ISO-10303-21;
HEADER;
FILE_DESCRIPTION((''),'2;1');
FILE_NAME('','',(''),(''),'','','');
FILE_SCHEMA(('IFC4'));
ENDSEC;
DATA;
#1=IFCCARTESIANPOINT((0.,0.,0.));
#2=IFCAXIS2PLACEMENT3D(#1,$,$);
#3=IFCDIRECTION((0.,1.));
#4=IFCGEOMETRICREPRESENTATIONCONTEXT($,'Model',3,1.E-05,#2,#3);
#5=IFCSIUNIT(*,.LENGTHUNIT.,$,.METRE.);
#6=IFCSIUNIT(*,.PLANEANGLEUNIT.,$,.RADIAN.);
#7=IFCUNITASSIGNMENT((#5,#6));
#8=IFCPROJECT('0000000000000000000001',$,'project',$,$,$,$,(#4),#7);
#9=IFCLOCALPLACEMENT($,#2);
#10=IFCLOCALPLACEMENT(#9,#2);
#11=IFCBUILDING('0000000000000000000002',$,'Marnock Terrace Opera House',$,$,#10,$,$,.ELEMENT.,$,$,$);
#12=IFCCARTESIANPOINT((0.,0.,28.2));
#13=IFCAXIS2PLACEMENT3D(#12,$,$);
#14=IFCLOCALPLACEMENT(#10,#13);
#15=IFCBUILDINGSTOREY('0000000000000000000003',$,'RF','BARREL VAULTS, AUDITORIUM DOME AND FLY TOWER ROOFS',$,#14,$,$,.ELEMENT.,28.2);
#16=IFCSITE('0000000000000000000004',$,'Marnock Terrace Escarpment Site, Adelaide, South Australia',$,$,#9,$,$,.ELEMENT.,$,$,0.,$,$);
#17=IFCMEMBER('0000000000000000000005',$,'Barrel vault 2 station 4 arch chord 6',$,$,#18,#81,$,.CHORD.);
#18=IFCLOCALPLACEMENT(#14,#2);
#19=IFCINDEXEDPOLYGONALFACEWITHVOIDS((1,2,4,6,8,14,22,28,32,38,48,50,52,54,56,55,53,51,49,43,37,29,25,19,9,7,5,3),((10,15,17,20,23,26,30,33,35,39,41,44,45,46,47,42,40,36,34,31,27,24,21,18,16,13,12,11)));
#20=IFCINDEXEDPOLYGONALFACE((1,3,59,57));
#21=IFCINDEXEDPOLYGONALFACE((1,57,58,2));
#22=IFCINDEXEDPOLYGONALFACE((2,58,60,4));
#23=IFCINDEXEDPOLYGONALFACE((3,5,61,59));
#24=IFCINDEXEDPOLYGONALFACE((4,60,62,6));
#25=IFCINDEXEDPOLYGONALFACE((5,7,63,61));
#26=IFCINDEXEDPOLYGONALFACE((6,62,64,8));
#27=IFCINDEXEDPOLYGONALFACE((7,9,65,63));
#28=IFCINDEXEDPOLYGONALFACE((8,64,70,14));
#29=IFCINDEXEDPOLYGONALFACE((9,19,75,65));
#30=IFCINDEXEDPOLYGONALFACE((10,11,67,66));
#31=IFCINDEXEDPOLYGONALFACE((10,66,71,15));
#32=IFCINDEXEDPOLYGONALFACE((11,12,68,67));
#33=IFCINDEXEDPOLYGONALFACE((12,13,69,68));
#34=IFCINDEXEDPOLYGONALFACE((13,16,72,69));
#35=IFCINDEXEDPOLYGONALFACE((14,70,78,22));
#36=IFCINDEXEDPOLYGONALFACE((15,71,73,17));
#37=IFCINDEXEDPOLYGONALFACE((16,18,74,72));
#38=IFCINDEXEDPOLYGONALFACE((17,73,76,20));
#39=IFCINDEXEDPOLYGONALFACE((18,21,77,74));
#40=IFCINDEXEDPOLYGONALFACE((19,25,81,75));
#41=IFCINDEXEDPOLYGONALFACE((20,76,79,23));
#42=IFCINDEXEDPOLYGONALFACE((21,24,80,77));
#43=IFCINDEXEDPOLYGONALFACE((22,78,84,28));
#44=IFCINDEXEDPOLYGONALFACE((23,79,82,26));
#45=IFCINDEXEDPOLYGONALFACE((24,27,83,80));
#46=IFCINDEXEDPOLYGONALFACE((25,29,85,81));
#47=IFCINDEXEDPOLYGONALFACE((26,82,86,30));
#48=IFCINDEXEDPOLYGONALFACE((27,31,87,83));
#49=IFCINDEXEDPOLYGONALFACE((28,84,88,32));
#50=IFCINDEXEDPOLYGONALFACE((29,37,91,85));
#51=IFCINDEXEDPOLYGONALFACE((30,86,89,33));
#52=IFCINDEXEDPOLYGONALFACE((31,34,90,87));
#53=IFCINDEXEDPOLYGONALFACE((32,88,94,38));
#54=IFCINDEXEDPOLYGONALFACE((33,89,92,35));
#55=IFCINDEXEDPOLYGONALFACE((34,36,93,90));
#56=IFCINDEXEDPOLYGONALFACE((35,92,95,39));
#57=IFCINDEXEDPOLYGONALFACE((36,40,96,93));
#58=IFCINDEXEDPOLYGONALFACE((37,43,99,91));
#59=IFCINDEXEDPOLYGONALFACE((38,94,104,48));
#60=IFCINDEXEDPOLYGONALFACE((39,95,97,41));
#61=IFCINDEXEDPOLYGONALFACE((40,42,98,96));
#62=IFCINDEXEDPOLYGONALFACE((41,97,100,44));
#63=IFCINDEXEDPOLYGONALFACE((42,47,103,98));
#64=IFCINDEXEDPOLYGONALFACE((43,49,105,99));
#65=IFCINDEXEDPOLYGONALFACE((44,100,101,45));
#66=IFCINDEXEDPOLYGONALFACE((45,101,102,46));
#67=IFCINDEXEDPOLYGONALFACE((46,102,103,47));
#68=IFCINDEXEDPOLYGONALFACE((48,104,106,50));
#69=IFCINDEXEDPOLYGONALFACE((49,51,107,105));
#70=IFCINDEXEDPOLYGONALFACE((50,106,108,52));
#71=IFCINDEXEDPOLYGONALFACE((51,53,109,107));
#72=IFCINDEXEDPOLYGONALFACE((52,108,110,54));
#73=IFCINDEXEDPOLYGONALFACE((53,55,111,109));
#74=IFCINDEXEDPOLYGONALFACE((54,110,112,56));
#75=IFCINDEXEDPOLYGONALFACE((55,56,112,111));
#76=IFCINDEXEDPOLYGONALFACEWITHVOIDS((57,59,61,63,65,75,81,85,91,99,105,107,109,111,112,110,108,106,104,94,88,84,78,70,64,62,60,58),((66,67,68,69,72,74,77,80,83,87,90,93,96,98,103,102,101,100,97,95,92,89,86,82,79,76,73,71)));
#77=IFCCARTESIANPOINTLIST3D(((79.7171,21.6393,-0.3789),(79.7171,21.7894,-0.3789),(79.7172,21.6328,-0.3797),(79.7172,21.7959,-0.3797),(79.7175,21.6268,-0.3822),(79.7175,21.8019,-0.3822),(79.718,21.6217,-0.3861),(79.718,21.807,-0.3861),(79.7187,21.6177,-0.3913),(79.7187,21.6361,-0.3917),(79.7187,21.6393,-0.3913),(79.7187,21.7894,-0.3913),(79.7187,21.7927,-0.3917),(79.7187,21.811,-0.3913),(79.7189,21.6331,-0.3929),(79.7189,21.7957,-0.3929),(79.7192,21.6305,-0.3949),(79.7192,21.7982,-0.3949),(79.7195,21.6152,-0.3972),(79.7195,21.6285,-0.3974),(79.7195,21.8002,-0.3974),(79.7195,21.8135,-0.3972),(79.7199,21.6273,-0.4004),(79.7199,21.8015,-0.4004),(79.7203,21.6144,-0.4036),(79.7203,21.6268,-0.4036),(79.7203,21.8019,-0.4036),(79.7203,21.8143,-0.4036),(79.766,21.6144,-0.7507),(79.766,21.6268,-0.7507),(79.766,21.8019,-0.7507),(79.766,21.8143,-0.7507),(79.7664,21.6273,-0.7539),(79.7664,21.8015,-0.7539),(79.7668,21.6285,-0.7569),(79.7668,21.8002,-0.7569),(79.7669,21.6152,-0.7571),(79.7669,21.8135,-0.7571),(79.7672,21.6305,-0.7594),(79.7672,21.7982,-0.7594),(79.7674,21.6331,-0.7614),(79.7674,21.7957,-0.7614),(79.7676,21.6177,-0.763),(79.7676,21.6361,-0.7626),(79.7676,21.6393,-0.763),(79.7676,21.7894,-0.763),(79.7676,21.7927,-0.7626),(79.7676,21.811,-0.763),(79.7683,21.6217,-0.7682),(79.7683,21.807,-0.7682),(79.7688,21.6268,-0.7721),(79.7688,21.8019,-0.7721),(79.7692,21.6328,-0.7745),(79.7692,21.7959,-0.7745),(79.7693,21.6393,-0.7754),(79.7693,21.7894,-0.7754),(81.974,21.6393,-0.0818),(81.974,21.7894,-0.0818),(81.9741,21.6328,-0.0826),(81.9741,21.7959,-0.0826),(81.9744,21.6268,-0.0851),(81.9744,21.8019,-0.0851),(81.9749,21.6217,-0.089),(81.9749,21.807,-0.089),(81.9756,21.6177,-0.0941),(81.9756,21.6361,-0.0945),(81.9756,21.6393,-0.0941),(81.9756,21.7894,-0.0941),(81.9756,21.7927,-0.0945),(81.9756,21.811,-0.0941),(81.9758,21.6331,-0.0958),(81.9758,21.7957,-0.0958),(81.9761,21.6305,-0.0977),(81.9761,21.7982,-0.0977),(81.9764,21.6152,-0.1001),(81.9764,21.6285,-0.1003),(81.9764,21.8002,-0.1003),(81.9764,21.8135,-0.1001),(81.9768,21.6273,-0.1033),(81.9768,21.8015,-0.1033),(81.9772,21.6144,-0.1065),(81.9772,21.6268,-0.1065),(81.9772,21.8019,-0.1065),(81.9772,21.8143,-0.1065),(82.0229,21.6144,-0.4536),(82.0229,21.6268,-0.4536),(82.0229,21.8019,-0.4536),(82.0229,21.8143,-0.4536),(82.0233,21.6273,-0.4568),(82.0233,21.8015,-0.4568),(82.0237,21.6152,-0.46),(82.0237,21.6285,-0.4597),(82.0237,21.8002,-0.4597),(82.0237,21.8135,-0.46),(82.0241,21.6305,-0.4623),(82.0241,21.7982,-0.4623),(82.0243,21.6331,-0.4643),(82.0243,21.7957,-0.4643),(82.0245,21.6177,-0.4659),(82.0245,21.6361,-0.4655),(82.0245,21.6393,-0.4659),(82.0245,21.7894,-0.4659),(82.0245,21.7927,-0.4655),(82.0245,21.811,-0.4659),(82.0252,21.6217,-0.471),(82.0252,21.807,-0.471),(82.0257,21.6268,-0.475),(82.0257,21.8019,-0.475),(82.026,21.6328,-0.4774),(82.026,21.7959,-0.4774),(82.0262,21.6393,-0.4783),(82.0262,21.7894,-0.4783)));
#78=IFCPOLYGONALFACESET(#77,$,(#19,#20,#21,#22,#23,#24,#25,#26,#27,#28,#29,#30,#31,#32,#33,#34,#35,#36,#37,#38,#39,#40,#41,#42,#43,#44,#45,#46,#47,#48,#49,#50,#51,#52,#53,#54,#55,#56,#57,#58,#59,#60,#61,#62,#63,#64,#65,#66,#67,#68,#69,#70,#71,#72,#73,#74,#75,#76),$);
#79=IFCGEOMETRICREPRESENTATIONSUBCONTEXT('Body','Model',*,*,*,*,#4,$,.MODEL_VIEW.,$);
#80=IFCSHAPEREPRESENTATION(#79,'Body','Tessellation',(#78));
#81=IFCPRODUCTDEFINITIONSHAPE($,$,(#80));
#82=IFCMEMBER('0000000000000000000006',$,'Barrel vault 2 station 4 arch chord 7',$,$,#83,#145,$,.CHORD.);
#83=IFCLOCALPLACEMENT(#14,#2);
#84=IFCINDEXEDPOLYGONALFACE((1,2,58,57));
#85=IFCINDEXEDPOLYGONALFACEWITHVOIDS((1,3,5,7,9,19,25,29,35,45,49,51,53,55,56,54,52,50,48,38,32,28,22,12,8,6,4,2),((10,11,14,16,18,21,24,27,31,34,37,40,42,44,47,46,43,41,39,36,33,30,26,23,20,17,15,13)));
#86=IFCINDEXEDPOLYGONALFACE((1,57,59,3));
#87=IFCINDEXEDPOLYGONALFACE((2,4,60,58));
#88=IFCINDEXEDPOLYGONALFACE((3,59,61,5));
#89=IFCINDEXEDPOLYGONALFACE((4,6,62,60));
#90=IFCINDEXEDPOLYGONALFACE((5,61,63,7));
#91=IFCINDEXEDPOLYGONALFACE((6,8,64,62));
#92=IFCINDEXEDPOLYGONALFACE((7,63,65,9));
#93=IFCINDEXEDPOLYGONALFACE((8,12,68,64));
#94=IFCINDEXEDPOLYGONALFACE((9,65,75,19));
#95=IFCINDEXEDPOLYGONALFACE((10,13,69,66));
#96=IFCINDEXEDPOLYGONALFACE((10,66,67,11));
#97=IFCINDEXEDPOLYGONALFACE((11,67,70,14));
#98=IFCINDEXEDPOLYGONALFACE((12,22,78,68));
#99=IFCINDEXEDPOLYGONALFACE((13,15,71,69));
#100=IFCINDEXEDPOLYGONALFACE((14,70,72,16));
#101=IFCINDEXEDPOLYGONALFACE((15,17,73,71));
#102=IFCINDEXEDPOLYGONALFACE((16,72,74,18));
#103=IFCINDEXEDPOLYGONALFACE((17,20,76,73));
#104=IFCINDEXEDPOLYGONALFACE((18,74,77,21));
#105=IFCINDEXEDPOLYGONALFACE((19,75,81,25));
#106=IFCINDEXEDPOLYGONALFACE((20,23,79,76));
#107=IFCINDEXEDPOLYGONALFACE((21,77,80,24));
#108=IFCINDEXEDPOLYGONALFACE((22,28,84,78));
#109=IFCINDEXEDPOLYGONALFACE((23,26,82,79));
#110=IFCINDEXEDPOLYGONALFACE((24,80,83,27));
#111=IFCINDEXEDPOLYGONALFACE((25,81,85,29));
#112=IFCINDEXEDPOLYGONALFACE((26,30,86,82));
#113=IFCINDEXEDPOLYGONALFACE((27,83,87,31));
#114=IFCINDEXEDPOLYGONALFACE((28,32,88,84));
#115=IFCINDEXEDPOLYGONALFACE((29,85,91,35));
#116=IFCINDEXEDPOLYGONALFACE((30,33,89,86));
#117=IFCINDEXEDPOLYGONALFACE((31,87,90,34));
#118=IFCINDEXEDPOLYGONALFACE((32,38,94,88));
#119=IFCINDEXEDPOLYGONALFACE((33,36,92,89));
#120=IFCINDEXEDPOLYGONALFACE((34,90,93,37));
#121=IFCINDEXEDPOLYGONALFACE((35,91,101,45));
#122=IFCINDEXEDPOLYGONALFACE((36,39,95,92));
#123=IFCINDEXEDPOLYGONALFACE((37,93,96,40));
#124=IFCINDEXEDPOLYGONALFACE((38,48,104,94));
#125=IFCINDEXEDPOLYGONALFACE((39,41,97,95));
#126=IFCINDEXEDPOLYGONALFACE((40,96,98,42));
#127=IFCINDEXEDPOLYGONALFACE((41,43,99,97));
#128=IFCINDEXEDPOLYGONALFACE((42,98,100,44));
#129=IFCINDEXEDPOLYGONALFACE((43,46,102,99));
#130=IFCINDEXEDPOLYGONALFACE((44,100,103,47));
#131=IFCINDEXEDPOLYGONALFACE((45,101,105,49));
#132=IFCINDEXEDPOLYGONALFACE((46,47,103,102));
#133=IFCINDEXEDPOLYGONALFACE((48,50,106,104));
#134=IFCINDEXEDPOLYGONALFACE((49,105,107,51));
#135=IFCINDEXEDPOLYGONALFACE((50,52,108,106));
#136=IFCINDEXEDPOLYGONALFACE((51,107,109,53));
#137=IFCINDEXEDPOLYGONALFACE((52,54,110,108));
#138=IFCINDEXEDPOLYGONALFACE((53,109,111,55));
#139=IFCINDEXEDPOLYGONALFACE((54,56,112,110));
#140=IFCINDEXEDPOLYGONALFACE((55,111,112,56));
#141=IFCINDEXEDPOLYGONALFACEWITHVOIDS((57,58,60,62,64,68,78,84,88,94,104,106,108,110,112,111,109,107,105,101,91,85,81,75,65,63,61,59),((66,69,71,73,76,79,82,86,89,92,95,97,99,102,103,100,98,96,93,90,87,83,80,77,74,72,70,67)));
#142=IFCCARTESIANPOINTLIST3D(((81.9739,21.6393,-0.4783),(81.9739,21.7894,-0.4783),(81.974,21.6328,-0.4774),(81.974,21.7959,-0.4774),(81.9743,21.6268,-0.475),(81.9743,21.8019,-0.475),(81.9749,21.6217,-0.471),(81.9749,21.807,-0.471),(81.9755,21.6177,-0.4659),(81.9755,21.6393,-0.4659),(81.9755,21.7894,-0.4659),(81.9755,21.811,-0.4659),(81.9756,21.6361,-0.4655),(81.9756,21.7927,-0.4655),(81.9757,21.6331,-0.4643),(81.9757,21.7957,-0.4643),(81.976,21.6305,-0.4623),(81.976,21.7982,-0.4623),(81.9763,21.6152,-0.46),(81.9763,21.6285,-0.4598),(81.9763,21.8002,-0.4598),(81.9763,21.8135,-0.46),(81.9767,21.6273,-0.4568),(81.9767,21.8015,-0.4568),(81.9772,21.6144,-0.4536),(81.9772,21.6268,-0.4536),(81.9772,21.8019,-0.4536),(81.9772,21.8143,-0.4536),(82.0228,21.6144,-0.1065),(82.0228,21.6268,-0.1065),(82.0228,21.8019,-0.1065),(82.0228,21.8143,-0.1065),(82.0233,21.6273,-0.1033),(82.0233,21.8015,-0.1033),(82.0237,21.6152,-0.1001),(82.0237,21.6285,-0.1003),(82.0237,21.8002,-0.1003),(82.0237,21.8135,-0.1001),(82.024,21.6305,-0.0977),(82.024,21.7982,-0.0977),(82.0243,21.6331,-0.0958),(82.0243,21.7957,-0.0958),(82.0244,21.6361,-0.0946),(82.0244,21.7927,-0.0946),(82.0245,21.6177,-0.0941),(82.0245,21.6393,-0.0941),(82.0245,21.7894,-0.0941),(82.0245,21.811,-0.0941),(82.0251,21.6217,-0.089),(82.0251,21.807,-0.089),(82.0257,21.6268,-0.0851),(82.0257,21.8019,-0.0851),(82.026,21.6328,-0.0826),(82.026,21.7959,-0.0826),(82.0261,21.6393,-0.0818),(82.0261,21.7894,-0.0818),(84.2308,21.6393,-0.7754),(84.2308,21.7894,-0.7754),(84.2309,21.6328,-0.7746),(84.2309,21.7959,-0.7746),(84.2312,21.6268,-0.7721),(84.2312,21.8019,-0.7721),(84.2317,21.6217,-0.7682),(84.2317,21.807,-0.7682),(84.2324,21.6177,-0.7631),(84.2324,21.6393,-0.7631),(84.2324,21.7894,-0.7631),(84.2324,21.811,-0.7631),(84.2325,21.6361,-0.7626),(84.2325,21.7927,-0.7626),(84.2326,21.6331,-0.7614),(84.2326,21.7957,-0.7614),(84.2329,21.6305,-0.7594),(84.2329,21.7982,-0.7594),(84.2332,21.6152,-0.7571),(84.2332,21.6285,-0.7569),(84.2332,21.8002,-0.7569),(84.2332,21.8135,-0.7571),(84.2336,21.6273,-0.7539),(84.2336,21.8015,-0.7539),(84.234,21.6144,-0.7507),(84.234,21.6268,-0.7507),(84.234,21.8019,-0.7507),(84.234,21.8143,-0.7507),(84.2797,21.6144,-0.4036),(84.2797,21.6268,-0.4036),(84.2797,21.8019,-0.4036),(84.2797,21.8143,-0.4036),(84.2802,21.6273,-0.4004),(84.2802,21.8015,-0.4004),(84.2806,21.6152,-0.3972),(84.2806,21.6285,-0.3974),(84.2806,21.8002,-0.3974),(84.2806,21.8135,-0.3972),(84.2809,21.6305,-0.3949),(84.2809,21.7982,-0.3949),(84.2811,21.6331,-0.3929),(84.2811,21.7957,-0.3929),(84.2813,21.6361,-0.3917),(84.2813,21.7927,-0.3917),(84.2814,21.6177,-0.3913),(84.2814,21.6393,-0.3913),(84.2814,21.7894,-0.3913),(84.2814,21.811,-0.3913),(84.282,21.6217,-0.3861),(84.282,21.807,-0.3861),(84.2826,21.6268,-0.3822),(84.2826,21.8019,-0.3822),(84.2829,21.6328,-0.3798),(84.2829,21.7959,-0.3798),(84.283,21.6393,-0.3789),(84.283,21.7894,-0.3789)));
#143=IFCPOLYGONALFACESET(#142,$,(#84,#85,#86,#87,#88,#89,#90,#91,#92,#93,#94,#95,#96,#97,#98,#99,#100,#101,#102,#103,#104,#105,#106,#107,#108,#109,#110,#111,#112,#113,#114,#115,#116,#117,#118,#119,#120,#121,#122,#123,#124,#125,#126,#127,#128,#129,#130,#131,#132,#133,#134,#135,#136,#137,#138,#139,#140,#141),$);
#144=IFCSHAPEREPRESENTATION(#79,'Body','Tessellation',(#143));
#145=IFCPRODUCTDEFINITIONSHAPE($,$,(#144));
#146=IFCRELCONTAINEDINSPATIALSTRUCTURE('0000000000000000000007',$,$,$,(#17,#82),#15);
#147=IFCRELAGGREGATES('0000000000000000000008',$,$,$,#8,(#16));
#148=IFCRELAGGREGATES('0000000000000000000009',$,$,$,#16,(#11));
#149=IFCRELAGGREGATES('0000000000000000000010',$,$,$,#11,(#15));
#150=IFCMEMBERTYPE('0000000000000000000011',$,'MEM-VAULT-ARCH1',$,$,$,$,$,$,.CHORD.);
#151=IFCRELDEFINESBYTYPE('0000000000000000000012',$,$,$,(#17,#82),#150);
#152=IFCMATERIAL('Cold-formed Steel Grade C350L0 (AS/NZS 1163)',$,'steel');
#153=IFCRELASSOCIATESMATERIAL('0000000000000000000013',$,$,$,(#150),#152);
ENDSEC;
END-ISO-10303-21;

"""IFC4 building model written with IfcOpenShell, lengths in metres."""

from ifc_helpers import new_model, si_unit, direction, frame, origin, origin_2d, place, context, subcontext, project, spatial, hollow_rectangle, extrude, material, material_profile, profile_set, type_object, element, save


model = new_model("IFC4")

# Units and contexts
model_context = context("Model", 3, precision=1e-05, world=origin(), true_north=direction((0.0, 1.0)))
body_context = subcontext(model_context, "Body", "Model", "MODEL_VIEW")
ifc_project = project(units=[si_unit("LENGTHUNIT", "METRE"), si_unit("PLANEANGLEUNIT", "RADIAN")], contexts=[model_context])

# Site, building, storey
site_placement = place(None, origin())
site = spatial("IfcSite", under=ifc_project, at=site_placement, Name="Marnock Terrace Escarpment Site, Adelaide, South Australia", CompositionType="ELEMENT", RefElevation=0.0)
building_placement = place(site_placement, origin())
building = spatial("IfcBuilding", under=site, at=building_placement, Name="Marnock Terrace Opera House", CompositionType="ELEMENT")
storey_placement = place(building_placement, frame((0.0, 0.0, 28.2)))
storey = spatial("IfcBuildingStorey", under=building, at=storey_placement, Name="RF", Description="BARREL VAULTS, AUDITORIUM DOME AND FLY TOWER ROOFS", CompositionType="ELEMENT", Elevation=28.2)

# Members
ifc_material = material(Name="Cold-formed Steel Grade C350L0 (AS/NZS 1163)", Category="steel")
ifc_material_profile_1 = material_profile(ifc_material, hollow_rectangle(XDim=0.2, YDim=0.3999, WallThickness=0.0125, InnerFilletRadius=0.0125, OuterFilletRadius=0.0249, at=origin_2d()))
ifc_profile_set_1 = profile_set([ifc_material_profile_1], Name="Cold-formed Steel Grade C350L0 (AS/NZS 1163)")
member_type_1 = type_object("IfcMemberType", Name="MEM-VAULT-ARCH1", PredefinedType="CHORD", material=ifc_profile_set_1)
for number, where, z_axis, x_axis, name in (
    (1, (79.7432, 21.7144, -0.5771), (0.991445, 0.0, 0.130527), (0.0, 1.0, 0.0), "Barrel vault 2 station 4 arch chord 6"),
    (2, (82.0, 21.7144, -0.28), (0.991445, 0.0, -0.130527), (0.0, 1.0, 0.0), "Barrel vault 2 station 4 arch chord 7"),
):
    element("IfcMember", number, at=place(storey_placement, frame(where, z_axis=z_axis, x_axis=x_axis)), inside=storey, type_object=member_type_1, Name=name, PredefinedType="CHORD", context=body_context, shape_type="SweptSolid", body=[
        extrude(hollow_rectangle(XDim=0.2, YDim=0.3999, WallThickness=0.0125, InnerFilletRadius=0.0125, OuterFilletRadius=0.0249, at=origin_2d()), origin(), (0.0, 0.0, 1.0), 2.2764),
    ])

save(model, "model.ifc")
